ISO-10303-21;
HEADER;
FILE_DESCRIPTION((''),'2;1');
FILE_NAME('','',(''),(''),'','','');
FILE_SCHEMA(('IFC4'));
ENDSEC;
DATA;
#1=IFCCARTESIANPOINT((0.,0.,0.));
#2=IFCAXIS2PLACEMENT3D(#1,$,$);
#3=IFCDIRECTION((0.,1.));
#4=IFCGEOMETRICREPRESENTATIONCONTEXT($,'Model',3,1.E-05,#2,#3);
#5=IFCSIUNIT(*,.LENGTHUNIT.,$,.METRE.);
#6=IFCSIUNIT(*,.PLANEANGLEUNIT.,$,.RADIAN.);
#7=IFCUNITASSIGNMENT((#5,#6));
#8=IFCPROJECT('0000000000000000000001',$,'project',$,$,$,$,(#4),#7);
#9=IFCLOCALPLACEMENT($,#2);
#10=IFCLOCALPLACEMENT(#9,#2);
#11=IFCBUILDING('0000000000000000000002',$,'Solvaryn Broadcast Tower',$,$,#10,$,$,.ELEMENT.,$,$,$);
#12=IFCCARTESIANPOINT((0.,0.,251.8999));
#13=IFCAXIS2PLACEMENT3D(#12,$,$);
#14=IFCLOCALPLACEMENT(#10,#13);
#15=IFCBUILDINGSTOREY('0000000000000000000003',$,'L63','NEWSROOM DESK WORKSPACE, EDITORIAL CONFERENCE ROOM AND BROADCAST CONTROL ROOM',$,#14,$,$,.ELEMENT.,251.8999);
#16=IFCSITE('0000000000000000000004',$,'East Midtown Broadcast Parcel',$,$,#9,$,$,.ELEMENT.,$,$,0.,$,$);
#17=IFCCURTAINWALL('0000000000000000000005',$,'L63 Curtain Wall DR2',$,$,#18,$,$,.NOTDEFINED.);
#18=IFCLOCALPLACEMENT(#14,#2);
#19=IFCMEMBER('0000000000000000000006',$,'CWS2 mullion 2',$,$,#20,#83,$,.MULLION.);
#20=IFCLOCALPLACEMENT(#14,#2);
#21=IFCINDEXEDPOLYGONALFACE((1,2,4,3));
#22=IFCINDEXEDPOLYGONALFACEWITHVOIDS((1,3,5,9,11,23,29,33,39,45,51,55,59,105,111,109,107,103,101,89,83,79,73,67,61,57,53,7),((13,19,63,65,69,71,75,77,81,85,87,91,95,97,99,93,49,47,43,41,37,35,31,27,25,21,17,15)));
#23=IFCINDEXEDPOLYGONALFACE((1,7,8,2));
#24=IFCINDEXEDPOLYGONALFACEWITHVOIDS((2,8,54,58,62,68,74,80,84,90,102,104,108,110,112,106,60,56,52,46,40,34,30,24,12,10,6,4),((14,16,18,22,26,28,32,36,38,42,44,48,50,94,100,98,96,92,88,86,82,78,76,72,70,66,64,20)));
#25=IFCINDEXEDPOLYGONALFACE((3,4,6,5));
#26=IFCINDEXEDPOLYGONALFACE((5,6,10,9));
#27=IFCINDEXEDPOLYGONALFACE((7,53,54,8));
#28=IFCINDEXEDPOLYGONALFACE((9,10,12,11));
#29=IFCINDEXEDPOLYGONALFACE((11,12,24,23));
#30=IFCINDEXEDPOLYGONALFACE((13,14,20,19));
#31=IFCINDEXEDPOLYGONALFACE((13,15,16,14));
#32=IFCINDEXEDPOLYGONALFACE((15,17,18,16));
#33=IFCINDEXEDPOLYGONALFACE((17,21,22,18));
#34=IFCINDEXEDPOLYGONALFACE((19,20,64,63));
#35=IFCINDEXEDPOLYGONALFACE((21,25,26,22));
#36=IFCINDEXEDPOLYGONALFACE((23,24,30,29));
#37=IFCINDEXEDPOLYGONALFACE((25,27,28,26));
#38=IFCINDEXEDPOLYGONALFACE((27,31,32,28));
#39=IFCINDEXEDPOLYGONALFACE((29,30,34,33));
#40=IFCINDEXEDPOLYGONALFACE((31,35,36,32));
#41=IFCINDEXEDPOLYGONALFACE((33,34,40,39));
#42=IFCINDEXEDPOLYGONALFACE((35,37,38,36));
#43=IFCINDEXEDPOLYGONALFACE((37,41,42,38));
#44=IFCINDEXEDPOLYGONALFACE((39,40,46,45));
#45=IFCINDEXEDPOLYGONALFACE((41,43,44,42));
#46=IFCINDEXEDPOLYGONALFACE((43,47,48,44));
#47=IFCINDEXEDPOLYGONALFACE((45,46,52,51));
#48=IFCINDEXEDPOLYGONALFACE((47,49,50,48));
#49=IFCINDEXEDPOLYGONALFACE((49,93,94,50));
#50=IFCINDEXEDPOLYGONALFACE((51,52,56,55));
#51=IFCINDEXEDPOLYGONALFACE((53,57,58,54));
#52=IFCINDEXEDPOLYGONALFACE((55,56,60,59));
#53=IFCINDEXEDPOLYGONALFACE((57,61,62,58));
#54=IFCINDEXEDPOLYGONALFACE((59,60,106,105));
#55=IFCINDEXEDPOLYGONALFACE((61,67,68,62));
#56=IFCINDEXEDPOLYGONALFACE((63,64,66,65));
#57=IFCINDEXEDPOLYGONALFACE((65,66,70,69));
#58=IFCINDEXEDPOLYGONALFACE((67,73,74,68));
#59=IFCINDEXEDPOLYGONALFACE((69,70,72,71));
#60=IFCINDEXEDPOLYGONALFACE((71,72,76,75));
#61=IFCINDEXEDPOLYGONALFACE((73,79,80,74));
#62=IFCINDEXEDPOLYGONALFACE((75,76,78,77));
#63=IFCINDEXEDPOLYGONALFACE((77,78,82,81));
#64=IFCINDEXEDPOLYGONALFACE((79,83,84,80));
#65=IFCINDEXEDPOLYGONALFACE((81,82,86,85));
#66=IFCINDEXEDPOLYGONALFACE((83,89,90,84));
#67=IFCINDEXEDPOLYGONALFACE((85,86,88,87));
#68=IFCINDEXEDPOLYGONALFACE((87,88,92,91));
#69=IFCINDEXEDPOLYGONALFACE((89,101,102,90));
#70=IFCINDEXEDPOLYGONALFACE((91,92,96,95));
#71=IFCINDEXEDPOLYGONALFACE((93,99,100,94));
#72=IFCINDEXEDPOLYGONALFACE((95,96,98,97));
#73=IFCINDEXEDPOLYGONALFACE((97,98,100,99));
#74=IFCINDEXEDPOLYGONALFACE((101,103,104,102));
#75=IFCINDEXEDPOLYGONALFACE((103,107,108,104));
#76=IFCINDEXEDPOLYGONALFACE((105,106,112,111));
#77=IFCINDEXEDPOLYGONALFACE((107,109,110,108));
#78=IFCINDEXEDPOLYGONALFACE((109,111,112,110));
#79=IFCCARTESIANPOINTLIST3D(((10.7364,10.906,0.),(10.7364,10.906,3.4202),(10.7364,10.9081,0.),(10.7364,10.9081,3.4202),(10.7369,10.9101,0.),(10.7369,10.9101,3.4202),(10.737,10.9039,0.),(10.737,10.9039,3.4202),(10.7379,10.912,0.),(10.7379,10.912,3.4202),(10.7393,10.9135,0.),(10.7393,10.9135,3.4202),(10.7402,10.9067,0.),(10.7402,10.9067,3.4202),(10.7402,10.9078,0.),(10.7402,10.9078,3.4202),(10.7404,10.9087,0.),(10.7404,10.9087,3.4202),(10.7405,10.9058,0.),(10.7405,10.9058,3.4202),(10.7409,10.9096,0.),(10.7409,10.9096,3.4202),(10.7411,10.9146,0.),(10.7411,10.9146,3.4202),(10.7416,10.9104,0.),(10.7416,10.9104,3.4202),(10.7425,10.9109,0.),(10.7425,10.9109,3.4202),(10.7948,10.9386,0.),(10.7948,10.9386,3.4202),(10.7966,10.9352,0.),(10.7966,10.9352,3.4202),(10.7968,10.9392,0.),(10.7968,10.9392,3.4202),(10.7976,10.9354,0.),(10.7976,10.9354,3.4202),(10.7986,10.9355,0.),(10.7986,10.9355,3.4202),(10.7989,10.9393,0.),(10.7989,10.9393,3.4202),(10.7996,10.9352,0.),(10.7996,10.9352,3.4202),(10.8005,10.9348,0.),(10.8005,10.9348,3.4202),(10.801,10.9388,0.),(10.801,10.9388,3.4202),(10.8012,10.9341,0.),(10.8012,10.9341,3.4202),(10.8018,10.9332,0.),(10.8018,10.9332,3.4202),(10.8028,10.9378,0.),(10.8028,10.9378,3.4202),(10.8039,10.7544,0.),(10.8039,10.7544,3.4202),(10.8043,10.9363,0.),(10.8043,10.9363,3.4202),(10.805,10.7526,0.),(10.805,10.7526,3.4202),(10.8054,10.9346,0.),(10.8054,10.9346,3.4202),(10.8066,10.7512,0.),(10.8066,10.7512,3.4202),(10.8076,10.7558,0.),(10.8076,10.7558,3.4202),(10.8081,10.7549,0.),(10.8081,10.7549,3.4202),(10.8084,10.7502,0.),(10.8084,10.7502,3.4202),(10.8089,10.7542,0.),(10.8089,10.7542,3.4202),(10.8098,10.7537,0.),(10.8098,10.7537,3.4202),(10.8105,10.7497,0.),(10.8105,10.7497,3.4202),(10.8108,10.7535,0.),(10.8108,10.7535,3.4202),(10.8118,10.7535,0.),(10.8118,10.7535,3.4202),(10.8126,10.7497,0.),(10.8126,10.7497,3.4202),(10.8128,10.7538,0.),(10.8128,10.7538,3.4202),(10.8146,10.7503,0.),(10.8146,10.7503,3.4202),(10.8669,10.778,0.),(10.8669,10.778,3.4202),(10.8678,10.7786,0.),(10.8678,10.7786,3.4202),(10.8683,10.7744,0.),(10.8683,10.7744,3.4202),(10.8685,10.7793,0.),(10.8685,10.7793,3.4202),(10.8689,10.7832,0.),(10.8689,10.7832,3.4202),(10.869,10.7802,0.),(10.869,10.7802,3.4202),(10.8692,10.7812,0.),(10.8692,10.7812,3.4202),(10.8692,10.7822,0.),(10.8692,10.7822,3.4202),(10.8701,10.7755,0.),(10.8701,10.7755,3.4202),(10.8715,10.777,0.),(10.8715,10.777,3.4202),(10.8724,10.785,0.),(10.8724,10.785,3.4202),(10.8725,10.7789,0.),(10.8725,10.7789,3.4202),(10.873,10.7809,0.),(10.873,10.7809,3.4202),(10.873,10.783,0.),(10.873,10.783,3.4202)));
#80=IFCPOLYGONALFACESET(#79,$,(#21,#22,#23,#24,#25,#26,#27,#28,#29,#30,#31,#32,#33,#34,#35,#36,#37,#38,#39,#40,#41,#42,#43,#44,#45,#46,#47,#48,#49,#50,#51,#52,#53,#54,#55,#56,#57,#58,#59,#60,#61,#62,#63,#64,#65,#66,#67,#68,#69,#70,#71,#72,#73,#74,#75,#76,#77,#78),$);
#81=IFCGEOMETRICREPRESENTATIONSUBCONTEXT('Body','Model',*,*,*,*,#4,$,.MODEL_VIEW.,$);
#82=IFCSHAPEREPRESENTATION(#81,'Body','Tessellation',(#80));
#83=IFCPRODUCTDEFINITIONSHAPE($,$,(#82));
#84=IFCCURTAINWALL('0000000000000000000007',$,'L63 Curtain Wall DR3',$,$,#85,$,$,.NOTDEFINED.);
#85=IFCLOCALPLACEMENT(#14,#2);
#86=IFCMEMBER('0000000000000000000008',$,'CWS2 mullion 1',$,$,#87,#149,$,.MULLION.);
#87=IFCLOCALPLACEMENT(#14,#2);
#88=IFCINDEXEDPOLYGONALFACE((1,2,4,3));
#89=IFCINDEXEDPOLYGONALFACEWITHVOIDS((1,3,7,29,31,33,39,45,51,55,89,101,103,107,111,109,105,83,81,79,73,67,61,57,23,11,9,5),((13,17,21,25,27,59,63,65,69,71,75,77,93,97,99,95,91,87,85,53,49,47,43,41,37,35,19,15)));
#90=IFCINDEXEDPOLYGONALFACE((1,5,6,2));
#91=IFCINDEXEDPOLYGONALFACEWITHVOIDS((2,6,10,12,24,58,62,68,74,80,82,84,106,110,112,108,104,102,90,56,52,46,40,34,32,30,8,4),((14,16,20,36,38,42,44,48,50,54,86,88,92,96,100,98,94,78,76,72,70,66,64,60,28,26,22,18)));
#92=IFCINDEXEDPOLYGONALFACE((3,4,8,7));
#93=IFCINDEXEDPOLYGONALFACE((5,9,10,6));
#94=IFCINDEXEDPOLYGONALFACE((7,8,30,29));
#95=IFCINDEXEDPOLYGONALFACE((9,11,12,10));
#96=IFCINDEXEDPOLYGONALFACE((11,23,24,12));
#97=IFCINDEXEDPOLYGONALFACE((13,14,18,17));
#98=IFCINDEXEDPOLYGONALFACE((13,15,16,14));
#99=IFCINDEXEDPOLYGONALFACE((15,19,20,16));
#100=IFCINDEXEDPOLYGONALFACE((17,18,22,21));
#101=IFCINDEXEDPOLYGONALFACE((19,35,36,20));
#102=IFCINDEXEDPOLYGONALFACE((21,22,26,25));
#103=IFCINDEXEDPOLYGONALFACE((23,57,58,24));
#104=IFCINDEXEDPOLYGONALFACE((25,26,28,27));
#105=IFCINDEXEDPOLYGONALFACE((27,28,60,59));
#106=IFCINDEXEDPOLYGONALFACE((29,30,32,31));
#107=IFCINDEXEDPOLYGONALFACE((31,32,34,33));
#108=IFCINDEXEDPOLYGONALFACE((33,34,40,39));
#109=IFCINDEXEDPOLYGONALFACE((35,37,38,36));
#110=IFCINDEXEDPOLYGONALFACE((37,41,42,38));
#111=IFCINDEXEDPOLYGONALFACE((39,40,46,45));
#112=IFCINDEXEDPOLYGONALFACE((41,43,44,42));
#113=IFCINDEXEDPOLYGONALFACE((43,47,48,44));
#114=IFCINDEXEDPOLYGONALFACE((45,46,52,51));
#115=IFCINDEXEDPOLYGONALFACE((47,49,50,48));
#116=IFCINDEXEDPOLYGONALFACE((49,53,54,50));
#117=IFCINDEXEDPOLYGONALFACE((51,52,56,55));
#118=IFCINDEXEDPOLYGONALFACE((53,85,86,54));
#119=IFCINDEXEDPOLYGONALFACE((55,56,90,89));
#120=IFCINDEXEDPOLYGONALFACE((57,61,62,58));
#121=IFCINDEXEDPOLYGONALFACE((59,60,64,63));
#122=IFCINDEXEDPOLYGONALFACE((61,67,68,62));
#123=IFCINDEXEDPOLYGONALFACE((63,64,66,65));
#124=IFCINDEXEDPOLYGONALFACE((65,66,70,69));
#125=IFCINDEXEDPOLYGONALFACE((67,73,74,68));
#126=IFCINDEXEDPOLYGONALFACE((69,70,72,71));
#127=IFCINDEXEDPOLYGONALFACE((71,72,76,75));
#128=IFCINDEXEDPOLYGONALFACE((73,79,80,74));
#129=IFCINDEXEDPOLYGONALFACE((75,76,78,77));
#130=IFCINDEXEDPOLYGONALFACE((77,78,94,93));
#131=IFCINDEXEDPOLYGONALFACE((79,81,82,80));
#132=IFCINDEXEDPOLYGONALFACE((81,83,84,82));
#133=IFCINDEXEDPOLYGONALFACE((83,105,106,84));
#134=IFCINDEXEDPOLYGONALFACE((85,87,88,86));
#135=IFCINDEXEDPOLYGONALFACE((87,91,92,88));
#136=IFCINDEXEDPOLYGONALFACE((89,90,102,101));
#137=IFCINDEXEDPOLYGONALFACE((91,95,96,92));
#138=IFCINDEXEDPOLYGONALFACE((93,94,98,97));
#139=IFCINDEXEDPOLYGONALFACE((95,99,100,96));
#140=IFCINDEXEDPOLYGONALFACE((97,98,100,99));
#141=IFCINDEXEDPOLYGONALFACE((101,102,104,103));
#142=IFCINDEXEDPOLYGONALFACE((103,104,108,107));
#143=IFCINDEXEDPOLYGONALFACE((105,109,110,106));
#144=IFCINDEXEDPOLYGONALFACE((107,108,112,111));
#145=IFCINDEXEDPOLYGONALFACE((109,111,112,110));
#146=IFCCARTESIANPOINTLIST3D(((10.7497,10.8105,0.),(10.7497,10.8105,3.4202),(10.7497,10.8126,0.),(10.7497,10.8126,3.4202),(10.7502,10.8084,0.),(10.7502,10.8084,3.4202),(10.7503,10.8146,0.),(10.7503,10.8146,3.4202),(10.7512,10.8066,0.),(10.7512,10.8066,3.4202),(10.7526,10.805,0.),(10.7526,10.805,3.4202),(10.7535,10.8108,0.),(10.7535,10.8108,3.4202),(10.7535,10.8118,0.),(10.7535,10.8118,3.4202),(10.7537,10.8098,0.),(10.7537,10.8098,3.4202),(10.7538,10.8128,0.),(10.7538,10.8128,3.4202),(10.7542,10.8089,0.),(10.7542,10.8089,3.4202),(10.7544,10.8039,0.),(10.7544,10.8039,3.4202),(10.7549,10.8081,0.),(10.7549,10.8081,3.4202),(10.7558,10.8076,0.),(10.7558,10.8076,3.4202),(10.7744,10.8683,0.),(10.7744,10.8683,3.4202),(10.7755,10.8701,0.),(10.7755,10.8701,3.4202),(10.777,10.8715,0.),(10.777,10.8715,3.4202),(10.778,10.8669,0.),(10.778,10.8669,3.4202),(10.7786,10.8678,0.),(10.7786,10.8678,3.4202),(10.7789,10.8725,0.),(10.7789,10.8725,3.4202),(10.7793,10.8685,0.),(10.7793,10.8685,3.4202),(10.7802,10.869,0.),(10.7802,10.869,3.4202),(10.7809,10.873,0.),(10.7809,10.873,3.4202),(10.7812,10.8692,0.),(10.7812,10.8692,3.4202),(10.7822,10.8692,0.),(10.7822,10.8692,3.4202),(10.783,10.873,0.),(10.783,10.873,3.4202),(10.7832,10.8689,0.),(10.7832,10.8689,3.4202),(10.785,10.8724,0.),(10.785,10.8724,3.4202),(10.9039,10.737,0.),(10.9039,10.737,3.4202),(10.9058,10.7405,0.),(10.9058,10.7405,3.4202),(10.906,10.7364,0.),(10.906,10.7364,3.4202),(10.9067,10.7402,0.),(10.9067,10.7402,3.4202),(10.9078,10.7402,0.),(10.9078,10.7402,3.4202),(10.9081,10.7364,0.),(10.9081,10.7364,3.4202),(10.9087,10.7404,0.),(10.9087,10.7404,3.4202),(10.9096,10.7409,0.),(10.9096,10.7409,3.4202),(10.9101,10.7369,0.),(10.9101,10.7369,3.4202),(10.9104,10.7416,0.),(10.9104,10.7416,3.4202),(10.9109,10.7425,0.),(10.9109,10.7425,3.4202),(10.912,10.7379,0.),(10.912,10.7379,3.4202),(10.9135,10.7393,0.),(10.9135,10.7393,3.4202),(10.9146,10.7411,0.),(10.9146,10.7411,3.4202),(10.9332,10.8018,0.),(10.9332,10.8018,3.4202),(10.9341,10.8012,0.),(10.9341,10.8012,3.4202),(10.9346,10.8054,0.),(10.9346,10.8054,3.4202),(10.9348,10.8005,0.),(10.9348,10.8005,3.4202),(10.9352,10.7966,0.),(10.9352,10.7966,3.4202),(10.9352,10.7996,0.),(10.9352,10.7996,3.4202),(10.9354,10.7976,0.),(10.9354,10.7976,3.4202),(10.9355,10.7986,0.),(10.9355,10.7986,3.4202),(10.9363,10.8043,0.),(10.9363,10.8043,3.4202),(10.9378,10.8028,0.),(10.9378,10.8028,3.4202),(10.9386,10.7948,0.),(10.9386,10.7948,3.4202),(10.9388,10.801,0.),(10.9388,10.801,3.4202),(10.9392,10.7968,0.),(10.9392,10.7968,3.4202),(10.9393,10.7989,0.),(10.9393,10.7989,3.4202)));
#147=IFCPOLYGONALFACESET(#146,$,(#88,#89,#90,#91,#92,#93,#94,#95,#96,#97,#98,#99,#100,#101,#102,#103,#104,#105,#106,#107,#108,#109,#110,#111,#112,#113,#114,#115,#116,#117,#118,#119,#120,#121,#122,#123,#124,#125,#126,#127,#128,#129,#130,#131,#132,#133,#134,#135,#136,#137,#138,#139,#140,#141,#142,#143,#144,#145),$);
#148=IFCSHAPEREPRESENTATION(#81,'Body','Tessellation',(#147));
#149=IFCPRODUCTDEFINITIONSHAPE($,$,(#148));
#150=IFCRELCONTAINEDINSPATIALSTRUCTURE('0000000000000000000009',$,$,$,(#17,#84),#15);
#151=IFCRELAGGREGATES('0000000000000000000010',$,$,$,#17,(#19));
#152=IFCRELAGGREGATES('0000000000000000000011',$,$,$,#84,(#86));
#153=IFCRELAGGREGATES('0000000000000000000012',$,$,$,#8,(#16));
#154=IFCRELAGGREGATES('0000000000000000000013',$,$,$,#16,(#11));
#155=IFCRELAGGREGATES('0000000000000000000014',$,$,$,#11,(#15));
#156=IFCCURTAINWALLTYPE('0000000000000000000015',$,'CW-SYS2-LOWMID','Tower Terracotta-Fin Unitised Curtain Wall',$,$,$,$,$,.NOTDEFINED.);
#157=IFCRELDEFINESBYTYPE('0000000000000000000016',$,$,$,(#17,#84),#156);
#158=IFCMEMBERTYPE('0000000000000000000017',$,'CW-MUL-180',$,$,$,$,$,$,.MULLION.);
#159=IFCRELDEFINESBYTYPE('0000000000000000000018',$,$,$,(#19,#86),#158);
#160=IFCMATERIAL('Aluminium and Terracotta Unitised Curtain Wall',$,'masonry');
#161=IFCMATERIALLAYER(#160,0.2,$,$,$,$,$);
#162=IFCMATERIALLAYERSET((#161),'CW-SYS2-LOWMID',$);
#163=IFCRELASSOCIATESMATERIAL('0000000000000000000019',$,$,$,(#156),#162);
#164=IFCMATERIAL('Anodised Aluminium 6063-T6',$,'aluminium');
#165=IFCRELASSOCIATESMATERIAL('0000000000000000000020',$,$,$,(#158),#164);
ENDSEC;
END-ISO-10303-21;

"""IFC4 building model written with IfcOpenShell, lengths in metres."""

from ifc_helpers import new_model, si_unit, direction, frame, origin, origin_2d, place, context, subcontext, project, spatial, hollow_rectangle, extrude, material, layer, layer_set, material_profile, profile_set, type_object, element, aggregate, save


model = new_model("IFC4")

# Units and contexts
model_context = context("Model", 3, precision=1e-05, world=origin(), true_north=direction((0.0, 1.0)))
body_context = subcontext(model_context, "Body", "Model", "MODEL_VIEW")
ifc_project = project(units=[si_unit("LENGTHUNIT", "METRE"), si_unit("PLANEANGLEUNIT", "RADIAN")], contexts=[model_context])

# Site, building, storey
site_placement = place(None, origin())
site = spatial("IfcSite", under=ifc_project, at=site_placement, Name="East Midtown Broadcast Parcel", CompositionType="ELEMENT", RefElevation=0.0)
building_placement = place(site_placement, origin())
building = spatial("IfcBuilding", under=site, at=building_placement, Name="Solvaryn Broadcast Tower", CompositionType="ELEMENT")
storey_placement = place(building_placement, frame((0.0, 0.0, 251.8999)))
storey = spatial("IfcBuildingStorey", under=building, at=storey_placement, Name="L63", Description="NEWSROOM DESK WORKSPACE, EDITORIAL CONFERENCE ROOM AND BROADCAST CONTROL ROOM", CompositionType="ELEMENT", Elevation=251.8999)

# Curtain wall, member
ifc_material_1 = material(Name="Aluminium and Terracotta Unitised Curtain Wall", Category="masonry")
ifc_layer_1 = layer(ifc_material_1, 0.2)
ifc_layer_set_1 = layer_set([ifc_layer_1], Name="CW-SYS2-LOWMID")
curtain_wall_type = type_object("IfcCurtainWallType", Name="CW-SYS2-LOWMID", Description="Tower Terracotta-Fin Unitised Curtain Wall", PredefinedType="NOTDEFINED", material=ifc_layer_set_1)
curtain_wall_1_placement = place(storey_placement, origin())
curtain_wall_1 = element("IfcCurtainWall", 1, at=curtain_wall_1_placement, inside=storey, type_object=curtain_wall_type, Name="L63 Curtain Wall DR2", PredefinedType="NOTDEFINED")
ifc_material_2 = material(Name="Anodised Aluminium 6063-T6", Category="aluminium")
ifc_material_profile_1 = material_profile(ifc_material_2, hollow_rectangle(XDim=0.075, YDim=0.1799, WallThickness=0.0039, InnerFilletRadius=0.0039, OuterFilletRadius=0.0081, at=origin_2d()))
ifc_profile_set_1 = profile_set([ifc_material_profile_1], Name="Anodised Aluminium 6063-T6")
member_type_1 = type_object("IfcMemberType", Name="CW-MUL-180", PredefinedType="MULLION", material=ifc_profile_set_1)
member_1_placement = place(storey_placement, frame((10.8047, 10.8445, 0.0), z_axis=(0.0, 0.0, 1.0), x_axis=(0.912774, 0.408466, 0.0)))
member_1 = element("IfcMember", 2, at=member_1_placement, type_object=member_type_1, Name="CWS2 mullion 2", PredefinedType="MULLION", context=body_context, shape_type="SweptSolid", body=[
    extrude(hollow_rectangle(XDim=0.075, YDim=0.1799, WallThickness=0.0039, InnerFilletRadius=0.0039, OuterFilletRadius=0.0081, at=origin_2d()), origin(), (0.0, 0.0, 1.0), 3.4202),
])
aggregate(curtain_wall_1, [member_1])

# Curtain wall, member
curtain_wall_2_placement = place(storey_placement, origin())
curtain_wall_2 = element("IfcCurtainWall", 3, at=curtain_wall_2_placement, inside=storey, type_object=curtain_wall_type, Name="L63 Curtain Wall DR3", PredefinedType="NOTDEFINED")
member_2_placement = place(storey_placement, frame((10.8445, 10.8047, 0.0), z_axis=(0.0, 0.0, 1.0), x_axis=(0.408466, 0.912774, 0.0)))
member_2 = element("IfcMember", 4, at=member_2_placement, type_object=member_type_1, Name="CWS2 mullion 1", PredefinedType="MULLION", context=body_context, shape_type="SweptSolid", body=[
    extrude(hollow_rectangle(XDim=0.075, YDim=0.1799, WallThickness=0.0039, InnerFilletRadius=0.0039, OuterFilletRadius=0.0081, at=origin_2d()), origin(), (0.0, 0.0, 1.0), 3.4202),
])
aggregate(curtain_wall_2, [member_2])

save(model, "model.ifc")
